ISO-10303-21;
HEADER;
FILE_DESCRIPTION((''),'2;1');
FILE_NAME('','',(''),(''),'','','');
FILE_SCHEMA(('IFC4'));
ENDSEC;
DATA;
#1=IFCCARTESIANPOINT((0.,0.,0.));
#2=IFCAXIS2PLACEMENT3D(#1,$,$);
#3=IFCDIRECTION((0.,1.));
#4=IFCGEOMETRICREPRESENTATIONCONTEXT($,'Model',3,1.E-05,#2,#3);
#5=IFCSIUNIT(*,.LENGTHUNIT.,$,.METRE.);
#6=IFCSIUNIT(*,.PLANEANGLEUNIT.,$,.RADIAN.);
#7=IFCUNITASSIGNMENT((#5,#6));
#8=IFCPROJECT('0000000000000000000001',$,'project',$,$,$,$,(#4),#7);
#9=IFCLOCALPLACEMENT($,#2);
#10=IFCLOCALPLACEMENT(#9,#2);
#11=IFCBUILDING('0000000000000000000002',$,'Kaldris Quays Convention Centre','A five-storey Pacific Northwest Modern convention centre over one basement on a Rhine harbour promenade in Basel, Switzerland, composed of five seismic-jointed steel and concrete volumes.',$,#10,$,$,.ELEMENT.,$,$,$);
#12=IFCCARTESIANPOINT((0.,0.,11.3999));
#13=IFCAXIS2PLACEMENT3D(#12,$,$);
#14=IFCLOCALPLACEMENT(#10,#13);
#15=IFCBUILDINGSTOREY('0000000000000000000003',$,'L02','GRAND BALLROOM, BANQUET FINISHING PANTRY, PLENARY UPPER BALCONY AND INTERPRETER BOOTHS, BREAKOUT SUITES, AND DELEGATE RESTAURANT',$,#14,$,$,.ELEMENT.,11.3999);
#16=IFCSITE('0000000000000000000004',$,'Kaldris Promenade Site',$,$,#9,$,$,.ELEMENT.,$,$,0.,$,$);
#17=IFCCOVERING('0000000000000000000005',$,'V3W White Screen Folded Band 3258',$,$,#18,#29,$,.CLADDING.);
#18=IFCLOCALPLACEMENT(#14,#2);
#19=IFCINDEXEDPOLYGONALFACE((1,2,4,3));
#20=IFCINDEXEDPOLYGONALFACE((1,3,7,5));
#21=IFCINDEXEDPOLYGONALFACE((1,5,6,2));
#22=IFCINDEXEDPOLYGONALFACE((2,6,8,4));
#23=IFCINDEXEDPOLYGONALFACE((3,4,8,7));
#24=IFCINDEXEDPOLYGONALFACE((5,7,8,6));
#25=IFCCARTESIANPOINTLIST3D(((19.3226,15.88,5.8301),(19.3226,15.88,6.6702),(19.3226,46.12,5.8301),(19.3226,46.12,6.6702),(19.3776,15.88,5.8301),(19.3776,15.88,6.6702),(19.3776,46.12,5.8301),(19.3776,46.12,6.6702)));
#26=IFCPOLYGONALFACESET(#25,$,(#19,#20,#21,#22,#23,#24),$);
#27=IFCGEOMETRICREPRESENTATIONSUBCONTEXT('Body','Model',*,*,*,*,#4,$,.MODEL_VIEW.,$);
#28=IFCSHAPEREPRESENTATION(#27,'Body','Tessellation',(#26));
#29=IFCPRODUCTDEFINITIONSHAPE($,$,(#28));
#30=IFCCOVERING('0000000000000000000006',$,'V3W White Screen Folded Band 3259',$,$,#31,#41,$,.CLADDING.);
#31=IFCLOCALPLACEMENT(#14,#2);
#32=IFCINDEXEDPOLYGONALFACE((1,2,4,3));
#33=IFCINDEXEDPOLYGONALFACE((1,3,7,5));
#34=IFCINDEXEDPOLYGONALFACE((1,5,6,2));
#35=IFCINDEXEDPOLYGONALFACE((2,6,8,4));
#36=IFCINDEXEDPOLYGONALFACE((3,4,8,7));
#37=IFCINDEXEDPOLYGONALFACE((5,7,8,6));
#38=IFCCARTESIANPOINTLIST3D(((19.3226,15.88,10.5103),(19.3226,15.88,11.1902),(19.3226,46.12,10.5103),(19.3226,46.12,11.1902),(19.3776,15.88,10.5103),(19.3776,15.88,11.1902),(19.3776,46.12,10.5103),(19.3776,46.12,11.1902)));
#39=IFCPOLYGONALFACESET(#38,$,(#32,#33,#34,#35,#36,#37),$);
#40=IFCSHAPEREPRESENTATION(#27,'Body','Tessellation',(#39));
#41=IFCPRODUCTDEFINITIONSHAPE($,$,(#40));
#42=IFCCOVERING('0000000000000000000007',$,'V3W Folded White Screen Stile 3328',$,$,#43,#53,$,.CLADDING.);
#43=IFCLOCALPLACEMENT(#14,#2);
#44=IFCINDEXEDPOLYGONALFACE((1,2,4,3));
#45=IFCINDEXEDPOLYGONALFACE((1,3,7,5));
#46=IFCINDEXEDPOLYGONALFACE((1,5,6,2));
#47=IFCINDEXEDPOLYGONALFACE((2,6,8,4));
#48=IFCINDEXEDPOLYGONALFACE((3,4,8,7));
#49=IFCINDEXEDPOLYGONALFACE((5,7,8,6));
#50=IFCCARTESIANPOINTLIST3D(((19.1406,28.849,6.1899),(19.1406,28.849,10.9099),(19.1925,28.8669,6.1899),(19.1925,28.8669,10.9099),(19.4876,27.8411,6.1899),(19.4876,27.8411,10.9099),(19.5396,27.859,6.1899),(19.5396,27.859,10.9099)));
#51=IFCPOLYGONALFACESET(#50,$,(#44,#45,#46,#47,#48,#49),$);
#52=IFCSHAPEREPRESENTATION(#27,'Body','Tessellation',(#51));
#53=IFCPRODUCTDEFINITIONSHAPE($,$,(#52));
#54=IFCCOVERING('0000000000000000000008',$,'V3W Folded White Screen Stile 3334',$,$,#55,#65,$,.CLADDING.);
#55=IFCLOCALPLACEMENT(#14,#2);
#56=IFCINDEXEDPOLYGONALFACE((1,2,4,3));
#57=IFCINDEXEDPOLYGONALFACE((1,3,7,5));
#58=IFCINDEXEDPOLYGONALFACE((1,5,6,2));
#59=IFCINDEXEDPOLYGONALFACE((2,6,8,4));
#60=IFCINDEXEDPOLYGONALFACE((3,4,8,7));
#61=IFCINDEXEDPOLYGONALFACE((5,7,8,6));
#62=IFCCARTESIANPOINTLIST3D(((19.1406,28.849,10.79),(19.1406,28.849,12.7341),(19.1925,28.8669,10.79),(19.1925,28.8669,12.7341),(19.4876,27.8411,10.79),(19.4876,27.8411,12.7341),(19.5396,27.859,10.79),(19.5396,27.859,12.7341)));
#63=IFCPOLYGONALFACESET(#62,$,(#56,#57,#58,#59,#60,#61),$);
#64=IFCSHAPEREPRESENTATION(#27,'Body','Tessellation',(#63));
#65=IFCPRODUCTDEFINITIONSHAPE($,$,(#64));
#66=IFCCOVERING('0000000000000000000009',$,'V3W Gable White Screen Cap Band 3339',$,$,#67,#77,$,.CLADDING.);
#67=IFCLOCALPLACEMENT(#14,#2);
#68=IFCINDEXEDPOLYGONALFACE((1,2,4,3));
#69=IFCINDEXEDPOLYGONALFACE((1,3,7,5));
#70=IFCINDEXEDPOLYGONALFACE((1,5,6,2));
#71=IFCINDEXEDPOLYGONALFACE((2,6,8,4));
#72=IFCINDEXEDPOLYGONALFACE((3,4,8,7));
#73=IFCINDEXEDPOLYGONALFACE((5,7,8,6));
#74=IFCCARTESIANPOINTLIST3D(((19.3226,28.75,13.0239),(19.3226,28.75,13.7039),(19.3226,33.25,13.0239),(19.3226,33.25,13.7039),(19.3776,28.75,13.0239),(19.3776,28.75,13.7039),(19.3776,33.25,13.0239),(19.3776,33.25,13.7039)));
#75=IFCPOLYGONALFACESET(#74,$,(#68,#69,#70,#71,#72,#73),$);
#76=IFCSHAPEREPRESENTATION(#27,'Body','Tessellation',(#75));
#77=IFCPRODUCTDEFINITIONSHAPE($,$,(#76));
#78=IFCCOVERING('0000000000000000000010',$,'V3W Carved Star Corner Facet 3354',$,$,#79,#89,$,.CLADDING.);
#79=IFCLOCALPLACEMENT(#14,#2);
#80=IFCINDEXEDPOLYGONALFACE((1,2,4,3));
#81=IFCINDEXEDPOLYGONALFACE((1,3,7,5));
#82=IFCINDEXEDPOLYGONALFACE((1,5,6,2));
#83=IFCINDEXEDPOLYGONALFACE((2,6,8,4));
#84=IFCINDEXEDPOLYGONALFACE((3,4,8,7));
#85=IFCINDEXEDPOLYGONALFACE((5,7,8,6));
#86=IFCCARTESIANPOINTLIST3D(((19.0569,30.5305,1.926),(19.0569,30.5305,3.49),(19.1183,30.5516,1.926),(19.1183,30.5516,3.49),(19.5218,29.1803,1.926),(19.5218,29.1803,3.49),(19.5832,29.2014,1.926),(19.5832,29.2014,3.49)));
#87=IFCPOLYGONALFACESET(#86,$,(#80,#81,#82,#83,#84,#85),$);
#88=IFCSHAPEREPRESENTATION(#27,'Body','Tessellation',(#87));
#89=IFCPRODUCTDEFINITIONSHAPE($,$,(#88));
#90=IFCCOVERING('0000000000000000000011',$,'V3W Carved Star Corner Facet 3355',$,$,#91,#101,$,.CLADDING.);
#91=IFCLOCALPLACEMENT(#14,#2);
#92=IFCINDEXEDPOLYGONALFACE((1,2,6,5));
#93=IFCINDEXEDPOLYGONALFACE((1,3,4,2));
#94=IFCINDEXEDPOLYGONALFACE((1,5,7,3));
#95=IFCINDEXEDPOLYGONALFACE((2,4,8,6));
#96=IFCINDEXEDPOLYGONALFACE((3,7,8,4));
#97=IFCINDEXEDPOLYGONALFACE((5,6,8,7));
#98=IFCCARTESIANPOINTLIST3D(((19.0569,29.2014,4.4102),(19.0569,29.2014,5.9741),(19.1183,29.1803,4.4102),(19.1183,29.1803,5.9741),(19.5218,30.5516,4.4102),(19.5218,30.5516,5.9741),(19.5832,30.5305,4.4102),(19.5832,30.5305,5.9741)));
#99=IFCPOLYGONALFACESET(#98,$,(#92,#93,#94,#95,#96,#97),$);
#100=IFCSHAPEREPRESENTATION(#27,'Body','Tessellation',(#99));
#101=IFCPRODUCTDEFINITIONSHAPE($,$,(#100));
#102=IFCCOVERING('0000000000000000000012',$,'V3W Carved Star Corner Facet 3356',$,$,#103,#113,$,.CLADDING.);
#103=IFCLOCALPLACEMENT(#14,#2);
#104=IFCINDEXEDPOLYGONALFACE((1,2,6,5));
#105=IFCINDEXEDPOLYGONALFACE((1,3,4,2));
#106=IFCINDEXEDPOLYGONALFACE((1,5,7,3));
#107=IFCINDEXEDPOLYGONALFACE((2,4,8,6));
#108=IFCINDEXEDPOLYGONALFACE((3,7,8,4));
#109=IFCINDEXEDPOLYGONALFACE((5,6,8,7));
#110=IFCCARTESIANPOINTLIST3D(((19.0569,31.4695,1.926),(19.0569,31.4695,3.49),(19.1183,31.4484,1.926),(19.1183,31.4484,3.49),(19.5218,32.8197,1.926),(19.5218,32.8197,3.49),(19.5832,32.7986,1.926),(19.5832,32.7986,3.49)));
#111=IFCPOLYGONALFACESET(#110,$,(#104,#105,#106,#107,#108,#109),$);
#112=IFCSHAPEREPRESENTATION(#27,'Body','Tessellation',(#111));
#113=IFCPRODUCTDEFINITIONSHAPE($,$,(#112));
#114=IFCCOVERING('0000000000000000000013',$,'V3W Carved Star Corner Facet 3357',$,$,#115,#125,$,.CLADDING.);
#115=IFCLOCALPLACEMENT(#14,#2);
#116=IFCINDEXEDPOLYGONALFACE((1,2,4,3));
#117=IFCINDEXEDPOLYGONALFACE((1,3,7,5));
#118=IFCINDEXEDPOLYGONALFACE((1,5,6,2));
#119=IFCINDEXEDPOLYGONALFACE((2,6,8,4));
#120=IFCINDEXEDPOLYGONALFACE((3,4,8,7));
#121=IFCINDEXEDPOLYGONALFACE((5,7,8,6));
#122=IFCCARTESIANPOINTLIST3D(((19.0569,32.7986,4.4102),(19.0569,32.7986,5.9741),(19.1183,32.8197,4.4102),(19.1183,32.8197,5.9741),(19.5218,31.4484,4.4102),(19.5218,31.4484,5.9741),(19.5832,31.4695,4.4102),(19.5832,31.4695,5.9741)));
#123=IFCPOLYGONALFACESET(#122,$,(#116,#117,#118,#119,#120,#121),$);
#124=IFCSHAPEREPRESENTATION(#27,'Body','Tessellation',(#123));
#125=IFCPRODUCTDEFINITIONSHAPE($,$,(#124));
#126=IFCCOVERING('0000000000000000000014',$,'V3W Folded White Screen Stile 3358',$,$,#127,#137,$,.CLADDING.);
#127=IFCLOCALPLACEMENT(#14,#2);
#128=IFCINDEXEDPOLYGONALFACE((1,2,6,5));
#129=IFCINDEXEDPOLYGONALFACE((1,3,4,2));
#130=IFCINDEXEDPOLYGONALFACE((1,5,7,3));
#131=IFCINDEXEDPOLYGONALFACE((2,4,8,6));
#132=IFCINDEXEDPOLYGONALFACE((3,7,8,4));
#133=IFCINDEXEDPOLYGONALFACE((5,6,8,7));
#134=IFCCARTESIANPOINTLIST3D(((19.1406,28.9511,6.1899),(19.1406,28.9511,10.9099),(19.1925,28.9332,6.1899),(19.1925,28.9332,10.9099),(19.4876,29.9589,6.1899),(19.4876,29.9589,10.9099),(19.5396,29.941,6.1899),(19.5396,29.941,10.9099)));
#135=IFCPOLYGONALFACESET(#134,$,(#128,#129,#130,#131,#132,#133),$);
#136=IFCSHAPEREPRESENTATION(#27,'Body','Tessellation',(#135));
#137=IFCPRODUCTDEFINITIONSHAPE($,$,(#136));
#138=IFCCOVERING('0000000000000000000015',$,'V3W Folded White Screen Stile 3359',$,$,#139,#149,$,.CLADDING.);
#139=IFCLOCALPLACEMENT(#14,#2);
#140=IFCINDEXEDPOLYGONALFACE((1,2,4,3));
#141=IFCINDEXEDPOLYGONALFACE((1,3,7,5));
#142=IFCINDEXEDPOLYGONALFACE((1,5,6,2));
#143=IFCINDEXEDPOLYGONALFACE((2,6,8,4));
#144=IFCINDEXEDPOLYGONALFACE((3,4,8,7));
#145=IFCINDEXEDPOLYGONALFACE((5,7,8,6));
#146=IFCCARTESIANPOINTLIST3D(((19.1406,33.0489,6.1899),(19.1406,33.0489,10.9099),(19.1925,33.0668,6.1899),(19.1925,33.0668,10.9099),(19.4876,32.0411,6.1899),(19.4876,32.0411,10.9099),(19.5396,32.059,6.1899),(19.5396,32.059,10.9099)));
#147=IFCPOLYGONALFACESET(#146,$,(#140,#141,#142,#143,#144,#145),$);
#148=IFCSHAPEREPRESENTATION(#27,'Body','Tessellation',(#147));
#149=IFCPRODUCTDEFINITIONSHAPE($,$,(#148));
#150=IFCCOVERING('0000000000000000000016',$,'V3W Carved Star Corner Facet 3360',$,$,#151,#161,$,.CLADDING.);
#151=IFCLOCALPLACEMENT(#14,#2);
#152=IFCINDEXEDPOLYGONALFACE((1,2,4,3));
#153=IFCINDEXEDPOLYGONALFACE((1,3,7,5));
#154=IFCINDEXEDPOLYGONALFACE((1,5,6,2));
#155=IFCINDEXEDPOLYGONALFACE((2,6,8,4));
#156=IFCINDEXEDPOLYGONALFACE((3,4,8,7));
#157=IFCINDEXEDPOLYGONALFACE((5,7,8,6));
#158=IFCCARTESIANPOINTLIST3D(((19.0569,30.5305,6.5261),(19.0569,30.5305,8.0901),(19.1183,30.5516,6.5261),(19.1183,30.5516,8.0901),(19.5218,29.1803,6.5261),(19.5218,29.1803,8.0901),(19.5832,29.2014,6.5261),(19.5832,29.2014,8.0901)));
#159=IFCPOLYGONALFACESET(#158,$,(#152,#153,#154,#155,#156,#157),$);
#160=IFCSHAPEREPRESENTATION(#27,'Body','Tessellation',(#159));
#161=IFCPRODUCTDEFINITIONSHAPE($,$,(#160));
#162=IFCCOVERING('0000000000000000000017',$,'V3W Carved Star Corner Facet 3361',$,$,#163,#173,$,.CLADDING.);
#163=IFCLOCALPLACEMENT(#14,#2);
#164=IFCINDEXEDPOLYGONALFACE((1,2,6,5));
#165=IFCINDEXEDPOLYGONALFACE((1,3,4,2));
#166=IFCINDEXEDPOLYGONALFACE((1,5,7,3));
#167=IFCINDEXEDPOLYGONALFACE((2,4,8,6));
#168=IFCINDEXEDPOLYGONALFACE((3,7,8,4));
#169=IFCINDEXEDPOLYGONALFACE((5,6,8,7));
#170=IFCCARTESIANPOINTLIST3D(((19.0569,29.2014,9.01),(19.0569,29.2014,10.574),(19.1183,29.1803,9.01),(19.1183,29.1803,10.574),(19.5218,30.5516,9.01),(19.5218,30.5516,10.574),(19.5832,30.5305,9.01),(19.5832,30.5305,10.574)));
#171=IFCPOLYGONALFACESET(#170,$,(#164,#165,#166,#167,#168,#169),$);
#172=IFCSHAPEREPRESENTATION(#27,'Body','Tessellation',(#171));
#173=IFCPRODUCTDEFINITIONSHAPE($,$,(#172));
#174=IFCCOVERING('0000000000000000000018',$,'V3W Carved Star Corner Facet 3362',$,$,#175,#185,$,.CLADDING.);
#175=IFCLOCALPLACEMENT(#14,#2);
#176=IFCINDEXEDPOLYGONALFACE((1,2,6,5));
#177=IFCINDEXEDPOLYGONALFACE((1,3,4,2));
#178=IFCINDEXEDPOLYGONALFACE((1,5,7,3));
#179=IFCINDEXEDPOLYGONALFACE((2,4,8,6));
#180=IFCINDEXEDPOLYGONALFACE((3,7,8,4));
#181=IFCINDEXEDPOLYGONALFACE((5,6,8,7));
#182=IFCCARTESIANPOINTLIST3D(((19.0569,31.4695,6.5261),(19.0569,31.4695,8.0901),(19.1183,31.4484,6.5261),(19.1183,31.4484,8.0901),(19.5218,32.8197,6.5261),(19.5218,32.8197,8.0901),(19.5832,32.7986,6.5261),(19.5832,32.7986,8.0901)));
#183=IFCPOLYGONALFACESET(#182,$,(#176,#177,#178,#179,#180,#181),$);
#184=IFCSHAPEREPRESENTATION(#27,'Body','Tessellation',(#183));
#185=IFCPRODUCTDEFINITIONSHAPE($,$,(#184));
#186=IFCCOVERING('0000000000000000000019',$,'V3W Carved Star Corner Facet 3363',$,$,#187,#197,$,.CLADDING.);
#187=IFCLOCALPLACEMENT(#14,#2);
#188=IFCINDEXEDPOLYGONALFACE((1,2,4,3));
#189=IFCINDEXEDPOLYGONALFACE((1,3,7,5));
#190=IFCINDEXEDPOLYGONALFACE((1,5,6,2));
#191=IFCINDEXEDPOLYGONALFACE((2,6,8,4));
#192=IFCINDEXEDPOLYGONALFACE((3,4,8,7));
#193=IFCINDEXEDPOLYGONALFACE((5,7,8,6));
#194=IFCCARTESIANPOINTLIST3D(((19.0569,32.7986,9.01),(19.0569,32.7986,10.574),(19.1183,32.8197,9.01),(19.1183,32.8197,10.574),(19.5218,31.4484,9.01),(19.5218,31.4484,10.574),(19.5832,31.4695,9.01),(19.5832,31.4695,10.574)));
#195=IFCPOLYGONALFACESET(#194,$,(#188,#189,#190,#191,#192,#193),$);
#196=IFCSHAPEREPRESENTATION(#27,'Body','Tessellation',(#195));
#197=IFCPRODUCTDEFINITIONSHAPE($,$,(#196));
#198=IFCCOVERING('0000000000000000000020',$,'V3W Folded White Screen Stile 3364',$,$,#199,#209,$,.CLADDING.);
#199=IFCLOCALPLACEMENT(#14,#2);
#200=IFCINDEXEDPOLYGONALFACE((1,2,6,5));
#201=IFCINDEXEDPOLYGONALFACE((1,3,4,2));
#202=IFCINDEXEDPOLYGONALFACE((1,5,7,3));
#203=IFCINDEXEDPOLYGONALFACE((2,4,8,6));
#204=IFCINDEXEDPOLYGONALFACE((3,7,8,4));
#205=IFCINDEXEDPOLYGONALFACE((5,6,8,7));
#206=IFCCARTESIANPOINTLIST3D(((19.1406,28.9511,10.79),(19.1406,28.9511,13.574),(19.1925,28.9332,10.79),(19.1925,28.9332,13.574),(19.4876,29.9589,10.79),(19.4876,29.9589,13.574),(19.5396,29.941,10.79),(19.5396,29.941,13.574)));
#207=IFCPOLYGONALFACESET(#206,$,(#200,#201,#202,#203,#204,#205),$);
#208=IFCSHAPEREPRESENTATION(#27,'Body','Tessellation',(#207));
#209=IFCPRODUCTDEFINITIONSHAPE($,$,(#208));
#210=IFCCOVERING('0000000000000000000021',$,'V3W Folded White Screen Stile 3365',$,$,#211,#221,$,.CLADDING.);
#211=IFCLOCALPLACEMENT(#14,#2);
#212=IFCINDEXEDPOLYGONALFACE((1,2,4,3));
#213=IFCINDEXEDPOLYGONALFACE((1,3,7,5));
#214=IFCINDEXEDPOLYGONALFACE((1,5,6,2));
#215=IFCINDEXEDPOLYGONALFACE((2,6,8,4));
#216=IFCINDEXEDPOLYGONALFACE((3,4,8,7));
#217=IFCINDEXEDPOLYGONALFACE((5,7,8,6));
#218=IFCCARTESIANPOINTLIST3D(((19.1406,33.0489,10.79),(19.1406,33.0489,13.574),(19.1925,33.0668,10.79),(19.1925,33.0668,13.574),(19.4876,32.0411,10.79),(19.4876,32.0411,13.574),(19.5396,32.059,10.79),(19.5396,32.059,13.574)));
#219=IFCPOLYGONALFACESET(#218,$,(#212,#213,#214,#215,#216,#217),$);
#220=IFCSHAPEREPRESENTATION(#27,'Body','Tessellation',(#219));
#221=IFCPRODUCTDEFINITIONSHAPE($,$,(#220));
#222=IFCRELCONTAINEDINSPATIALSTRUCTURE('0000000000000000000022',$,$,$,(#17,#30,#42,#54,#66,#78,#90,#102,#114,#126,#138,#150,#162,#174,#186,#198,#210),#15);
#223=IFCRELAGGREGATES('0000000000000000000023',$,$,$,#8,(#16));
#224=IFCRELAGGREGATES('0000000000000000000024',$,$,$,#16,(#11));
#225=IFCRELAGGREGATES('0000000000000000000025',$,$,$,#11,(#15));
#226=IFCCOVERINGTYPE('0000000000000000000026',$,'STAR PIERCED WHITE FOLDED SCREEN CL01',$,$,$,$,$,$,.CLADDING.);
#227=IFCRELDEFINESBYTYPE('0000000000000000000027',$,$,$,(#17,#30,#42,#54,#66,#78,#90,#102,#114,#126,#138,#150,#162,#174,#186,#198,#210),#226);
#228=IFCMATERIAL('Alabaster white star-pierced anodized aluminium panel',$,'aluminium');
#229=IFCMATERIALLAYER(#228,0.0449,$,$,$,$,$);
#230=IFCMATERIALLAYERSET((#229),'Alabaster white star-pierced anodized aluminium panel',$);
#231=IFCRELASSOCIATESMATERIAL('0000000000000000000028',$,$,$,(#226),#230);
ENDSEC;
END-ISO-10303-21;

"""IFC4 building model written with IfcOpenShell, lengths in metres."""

from ifc_helpers import new_model, si_unit, direction, frame, origin, origin_2d, place, context, subcontext, project, spatial, rectangle, extrude, material, layer, layer_set, type_object, element, save


model = new_model("IFC4")

# Units and contexts
model_context = context("Model", 3, precision=1e-05, world=origin(), true_north=direction((0.0, 1.0)))
body_context = subcontext(model_context, "Body", "Model", "MODEL_VIEW")
ifc_project = project(units=[si_unit("LENGTHUNIT", "METRE"), si_unit("PLANEANGLEUNIT", "RADIAN")], contexts=[model_context])

# Site, building, storey
site_placement = place(None, origin())
site = spatial("IfcSite", under=ifc_project, at=site_placement, Name="Kaldris Promenade Site", CompositionType="ELEMENT", RefElevation=0.0)
building_placement = place(site_placement, origin())
building = spatial("IfcBuilding", under=site, at=building_placement, Name="Kaldris Quays Convention Centre", Description="A five-storey Pacific Northwest Modern convention centre over one basement on a Rhine harbour promenade in Basel, Switzerland, composed of five seismic-jointed steel and concrete volumes.", CompositionType="ELEMENT")
storey_placement = place(building_placement, frame((0.0, 0.0, 11.3999)))
storey = spatial("IfcBuildingStorey", under=building, at=storey_placement, Name="L02", Description="GRAND BALLROOM, BANQUET FINISHING PANTRY, PLENARY UPPER BALCONY AND INTERPRETER BOOTHS, BREAKOUT SUITES, AND DELEGATE RESTAURANT", CompositionType="ELEMENT", Elevation=11.3999)

# Coverings
ifc_material_1 = material(Name="Alabaster white star-pierced anodized aluminium panel", Category="aluminium")
ifc_layer = layer(ifc_material_1, 0.0449)
ifc_layer_set = layer_set([ifc_layer], Name="Alabaster white star-pierced anodized aluminium panel")
covering_type = type_object("IfcCoveringType", Name="STAR PIERCED WHITE FOLDED SCREEN CL01", PredefinedType="CLADDING", material=ifc_layer_set)
covering_1_placement = place(storey_placement, frame((19.3501, 31.0, 5.8301), z_axis=(0.0, 0.0, 1.0), x_axis=(0.0, 1.0, 0.0)))
element("IfcCovering", 1, at=covering_1_placement, inside=storey, type_object=covering_type, Name="V3W White Screen Folded Band 3258", PredefinedType="CLADDING", context=body_context, shape_type="SweptSolid", body=[
    extrude(rectangle(XDim=30.24, YDim=0.0549, at=origin_2d()), origin(), (0.0, 0.0, 1.0), 0.8401),
])
covering_2_placement = place(storey_placement, frame((19.3501, 31.0, 10.5103), z_axis=(0.0, 0.0, 1.0), x_axis=(0.0, 1.0, 0.0)))
element("IfcCovering", 2, at=covering_2_placement, inside=storey, type_object=covering_type, Name="V3W White Screen Folded Band 3259", PredefinedType="CLADDING", context=body_context, shape_type="SweptSolid", body=[
    extrude(rectangle(XDim=30.24, YDim=0.0549, at=origin_2d()), origin(), (0.0, 0.0, 1.0), 0.6799),
])
covering_3_placement = place(storey_placement, frame((19.3401, 28.354, 6.1899), z_axis=(0.0, 0.0, 1.0), x_axis=(-0.325568, 0.945519, 0.0)))
element("IfcCovering", 3, at=covering_3_placement, inside=storey, type_object=covering_type, Name="V3W Folded White Screen Stile 3328", PredefinedType="CLADDING", context=body_context, shape_type="SweptSolid", body=[
    extrude(rectangle(XDim=1.0659, YDim=0.0549, at=origin_2d()), origin(), (0.0, 0.0, 1.0), 4.72),
])
covering_4_placement = place(storey_placement, frame((19.3401, 28.354, 10.79), z_axis=(0.0, 0.0, 1.0), x_axis=(-0.325568, 0.945519, 0.0)))
element("IfcCovering", 4, at=covering_4_placement, inside=storey, type_object=covering_type, Name="V3W Folded White Screen Stile 3334", PredefinedType="CLADDING", context=body_context, shape_type="SweptSolid", body=[
    extrude(rectangle(XDim=1.0659, YDim=0.0549, at=origin_2d()), origin(), (0.0, 0.0, 1.0), 1.9441),
])
covering_5_placement = place(storey_placement, frame((19.3501, 31.0, 13.0239), z_axis=(0.0, 0.0, 1.0), x_axis=(0.0, 1.0, 0.0)))
element("IfcCovering", 5, at=covering_5_placement, inside=storey, type_object=covering_type, Name="V3W Gable White Screen Cap Band 3339", PredefinedType="CLADDING", context=body_context, shape_type="SweptSolid", body=[
    extrude(rectangle(XDim=4.5, YDim=0.0549, at=origin_2d()), origin(), (0.0, 0.0, 1.0), 0.6799),
])
for number, where, z_axis, x_axis, name in (
    (6, (19.3201, 29.866, 1.926), (0.0, 0.0, 1.0), (-0.325568, 0.945519, 0.0), "V3W Carved Star Corner Facet 3354"),
    (7, (19.3201, 29.866, 4.4102), (0.0, 0.0, 1.0), (0.325568, 0.945519, 0.0), "V3W Carved Star Corner Facet 3355"),
    (8, (19.3201, 32.134, 1.926), (0.0, 0.0, 1.0), (0.325568, 0.945519, 0.0), "V3W Carved Star Corner Facet 3356"),
    (9, (19.3201, 32.134, 4.4102), (0.0, 0.0, 1.0), (-0.325568, 0.945519, 0.0), "V3W Carved Star Corner Facet 3357"),
):
    element("IfcCovering", number, at=place(storey_placement, frame(where, z_axis=z_axis, x_axis=x_axis)), inside=storey, type_object=covering_type, Name=name, PredefinedType="CLADDING", context=body_context, shape_type="SweptSolid", body=[
        extrude(rectangle(XDim=1.428, YDim=0.0649, at=origin_2d()), origin(), (0.0, 0.0, 1.0), 1.564),
    ])
for number, where, z_axis, x_axis, name in (
    (10, (19.3401, 29.446, 6.1899), (0.0, 0.0, 1.0), (0.325568, 0.945519, 0.0), "V3W Folded White Screen Stile 3358"),
    (11, (19.3401, 32.554, 6.1899), (0.0, 0.0, 1.0), (-0.325568, 0.945519, 0.0), "V3W Folded White Screen Stile 3359"),
):
    element("IfcCovering", number, at=place(storey_placement, frame(where, z_axis=z_axis, x_axis=x_axis)), inside=storey, type_object=covering_type, Name=name, PredefinedType="CLADDING", context=body_context, shape_type="SweptSolid", body=[
        extrude(rectangle(XDim=1.0659, YDim=0.0549, at=origin_2d()), origin(), (0.0, 0.0, 1.0), 4.72),
    ])
for number, where, z_axis, x_axis, name in (
    (12, (19.3201, 29.866, 6.5261), (0.0, 0.0, 1.0), (-0.325568, 0.945519, 0.0), "V3W Carved Star Corner Facet 3360"),
    (13, (19.3201, 29.866, 9.01), (0.0, 0.0, 1.0), (0.325568, 0.945519, 0.0), "V3W Carved Star Corner Facet 3361"),
    (14, (19.3201, 32.134, 6.5261), (0.0, 0.0, 1.0), (0.325568, 0.945519, 0.0), "V3W Carved Star Corner Facet 3362"),
    (15, (19.3201, 32.134, 9.01), (0.0, 0.0, 1.0), (-0.325568, 0.945519, 0.0), "V3W Carved Star Corner Facet 3363"),
):
    element("IfcCovering", number, at=place(storey_placement, frame(where, z_axis=z_axis, x_axis=x_axis)), inside=storey, type_object=covering_type, Name=name, PredefinedType="CLADDING", context=body_context, shape_type="SweptSolid", body=[
        extrude(rectangle(XDim=1.428, YDim=0.0649, at=origin_2d()), origin(), (0.0, 0.0, 1.0), 1.564),
    ])
for number, where, z_axis, x_axis, name in (
    (16, (19.3401, 29.446, 10.79), (0.0, 0.0, 1.0), (0.325568, 0.945519, 0.0), "V3W Folded White Screen Stile 3364"),
    (17, (19.3401, 32.554, 10.79), (0.0, 0.0, 1.0), (-0.325568, 0.945519, 0.0), "V3W Folded White Screen Stile 3365"),
):
    element("IfcCovering", number, at=place(storey_placement, frame(where, z_axis=z_axis, x_axis=x_axis)), inside=storey, type_object=covering_type, Name=name, PredefinedType="CLADDING", context=body_context, shape_type="SweptSolid", body=[
        extrude(rectangle(XDim=1.0659, YDim=0.0549, at=origin_2d()), origin(), (0.0, 0.0, 1.0), 2.7839),
    ])

save(model, "model.ifc")
